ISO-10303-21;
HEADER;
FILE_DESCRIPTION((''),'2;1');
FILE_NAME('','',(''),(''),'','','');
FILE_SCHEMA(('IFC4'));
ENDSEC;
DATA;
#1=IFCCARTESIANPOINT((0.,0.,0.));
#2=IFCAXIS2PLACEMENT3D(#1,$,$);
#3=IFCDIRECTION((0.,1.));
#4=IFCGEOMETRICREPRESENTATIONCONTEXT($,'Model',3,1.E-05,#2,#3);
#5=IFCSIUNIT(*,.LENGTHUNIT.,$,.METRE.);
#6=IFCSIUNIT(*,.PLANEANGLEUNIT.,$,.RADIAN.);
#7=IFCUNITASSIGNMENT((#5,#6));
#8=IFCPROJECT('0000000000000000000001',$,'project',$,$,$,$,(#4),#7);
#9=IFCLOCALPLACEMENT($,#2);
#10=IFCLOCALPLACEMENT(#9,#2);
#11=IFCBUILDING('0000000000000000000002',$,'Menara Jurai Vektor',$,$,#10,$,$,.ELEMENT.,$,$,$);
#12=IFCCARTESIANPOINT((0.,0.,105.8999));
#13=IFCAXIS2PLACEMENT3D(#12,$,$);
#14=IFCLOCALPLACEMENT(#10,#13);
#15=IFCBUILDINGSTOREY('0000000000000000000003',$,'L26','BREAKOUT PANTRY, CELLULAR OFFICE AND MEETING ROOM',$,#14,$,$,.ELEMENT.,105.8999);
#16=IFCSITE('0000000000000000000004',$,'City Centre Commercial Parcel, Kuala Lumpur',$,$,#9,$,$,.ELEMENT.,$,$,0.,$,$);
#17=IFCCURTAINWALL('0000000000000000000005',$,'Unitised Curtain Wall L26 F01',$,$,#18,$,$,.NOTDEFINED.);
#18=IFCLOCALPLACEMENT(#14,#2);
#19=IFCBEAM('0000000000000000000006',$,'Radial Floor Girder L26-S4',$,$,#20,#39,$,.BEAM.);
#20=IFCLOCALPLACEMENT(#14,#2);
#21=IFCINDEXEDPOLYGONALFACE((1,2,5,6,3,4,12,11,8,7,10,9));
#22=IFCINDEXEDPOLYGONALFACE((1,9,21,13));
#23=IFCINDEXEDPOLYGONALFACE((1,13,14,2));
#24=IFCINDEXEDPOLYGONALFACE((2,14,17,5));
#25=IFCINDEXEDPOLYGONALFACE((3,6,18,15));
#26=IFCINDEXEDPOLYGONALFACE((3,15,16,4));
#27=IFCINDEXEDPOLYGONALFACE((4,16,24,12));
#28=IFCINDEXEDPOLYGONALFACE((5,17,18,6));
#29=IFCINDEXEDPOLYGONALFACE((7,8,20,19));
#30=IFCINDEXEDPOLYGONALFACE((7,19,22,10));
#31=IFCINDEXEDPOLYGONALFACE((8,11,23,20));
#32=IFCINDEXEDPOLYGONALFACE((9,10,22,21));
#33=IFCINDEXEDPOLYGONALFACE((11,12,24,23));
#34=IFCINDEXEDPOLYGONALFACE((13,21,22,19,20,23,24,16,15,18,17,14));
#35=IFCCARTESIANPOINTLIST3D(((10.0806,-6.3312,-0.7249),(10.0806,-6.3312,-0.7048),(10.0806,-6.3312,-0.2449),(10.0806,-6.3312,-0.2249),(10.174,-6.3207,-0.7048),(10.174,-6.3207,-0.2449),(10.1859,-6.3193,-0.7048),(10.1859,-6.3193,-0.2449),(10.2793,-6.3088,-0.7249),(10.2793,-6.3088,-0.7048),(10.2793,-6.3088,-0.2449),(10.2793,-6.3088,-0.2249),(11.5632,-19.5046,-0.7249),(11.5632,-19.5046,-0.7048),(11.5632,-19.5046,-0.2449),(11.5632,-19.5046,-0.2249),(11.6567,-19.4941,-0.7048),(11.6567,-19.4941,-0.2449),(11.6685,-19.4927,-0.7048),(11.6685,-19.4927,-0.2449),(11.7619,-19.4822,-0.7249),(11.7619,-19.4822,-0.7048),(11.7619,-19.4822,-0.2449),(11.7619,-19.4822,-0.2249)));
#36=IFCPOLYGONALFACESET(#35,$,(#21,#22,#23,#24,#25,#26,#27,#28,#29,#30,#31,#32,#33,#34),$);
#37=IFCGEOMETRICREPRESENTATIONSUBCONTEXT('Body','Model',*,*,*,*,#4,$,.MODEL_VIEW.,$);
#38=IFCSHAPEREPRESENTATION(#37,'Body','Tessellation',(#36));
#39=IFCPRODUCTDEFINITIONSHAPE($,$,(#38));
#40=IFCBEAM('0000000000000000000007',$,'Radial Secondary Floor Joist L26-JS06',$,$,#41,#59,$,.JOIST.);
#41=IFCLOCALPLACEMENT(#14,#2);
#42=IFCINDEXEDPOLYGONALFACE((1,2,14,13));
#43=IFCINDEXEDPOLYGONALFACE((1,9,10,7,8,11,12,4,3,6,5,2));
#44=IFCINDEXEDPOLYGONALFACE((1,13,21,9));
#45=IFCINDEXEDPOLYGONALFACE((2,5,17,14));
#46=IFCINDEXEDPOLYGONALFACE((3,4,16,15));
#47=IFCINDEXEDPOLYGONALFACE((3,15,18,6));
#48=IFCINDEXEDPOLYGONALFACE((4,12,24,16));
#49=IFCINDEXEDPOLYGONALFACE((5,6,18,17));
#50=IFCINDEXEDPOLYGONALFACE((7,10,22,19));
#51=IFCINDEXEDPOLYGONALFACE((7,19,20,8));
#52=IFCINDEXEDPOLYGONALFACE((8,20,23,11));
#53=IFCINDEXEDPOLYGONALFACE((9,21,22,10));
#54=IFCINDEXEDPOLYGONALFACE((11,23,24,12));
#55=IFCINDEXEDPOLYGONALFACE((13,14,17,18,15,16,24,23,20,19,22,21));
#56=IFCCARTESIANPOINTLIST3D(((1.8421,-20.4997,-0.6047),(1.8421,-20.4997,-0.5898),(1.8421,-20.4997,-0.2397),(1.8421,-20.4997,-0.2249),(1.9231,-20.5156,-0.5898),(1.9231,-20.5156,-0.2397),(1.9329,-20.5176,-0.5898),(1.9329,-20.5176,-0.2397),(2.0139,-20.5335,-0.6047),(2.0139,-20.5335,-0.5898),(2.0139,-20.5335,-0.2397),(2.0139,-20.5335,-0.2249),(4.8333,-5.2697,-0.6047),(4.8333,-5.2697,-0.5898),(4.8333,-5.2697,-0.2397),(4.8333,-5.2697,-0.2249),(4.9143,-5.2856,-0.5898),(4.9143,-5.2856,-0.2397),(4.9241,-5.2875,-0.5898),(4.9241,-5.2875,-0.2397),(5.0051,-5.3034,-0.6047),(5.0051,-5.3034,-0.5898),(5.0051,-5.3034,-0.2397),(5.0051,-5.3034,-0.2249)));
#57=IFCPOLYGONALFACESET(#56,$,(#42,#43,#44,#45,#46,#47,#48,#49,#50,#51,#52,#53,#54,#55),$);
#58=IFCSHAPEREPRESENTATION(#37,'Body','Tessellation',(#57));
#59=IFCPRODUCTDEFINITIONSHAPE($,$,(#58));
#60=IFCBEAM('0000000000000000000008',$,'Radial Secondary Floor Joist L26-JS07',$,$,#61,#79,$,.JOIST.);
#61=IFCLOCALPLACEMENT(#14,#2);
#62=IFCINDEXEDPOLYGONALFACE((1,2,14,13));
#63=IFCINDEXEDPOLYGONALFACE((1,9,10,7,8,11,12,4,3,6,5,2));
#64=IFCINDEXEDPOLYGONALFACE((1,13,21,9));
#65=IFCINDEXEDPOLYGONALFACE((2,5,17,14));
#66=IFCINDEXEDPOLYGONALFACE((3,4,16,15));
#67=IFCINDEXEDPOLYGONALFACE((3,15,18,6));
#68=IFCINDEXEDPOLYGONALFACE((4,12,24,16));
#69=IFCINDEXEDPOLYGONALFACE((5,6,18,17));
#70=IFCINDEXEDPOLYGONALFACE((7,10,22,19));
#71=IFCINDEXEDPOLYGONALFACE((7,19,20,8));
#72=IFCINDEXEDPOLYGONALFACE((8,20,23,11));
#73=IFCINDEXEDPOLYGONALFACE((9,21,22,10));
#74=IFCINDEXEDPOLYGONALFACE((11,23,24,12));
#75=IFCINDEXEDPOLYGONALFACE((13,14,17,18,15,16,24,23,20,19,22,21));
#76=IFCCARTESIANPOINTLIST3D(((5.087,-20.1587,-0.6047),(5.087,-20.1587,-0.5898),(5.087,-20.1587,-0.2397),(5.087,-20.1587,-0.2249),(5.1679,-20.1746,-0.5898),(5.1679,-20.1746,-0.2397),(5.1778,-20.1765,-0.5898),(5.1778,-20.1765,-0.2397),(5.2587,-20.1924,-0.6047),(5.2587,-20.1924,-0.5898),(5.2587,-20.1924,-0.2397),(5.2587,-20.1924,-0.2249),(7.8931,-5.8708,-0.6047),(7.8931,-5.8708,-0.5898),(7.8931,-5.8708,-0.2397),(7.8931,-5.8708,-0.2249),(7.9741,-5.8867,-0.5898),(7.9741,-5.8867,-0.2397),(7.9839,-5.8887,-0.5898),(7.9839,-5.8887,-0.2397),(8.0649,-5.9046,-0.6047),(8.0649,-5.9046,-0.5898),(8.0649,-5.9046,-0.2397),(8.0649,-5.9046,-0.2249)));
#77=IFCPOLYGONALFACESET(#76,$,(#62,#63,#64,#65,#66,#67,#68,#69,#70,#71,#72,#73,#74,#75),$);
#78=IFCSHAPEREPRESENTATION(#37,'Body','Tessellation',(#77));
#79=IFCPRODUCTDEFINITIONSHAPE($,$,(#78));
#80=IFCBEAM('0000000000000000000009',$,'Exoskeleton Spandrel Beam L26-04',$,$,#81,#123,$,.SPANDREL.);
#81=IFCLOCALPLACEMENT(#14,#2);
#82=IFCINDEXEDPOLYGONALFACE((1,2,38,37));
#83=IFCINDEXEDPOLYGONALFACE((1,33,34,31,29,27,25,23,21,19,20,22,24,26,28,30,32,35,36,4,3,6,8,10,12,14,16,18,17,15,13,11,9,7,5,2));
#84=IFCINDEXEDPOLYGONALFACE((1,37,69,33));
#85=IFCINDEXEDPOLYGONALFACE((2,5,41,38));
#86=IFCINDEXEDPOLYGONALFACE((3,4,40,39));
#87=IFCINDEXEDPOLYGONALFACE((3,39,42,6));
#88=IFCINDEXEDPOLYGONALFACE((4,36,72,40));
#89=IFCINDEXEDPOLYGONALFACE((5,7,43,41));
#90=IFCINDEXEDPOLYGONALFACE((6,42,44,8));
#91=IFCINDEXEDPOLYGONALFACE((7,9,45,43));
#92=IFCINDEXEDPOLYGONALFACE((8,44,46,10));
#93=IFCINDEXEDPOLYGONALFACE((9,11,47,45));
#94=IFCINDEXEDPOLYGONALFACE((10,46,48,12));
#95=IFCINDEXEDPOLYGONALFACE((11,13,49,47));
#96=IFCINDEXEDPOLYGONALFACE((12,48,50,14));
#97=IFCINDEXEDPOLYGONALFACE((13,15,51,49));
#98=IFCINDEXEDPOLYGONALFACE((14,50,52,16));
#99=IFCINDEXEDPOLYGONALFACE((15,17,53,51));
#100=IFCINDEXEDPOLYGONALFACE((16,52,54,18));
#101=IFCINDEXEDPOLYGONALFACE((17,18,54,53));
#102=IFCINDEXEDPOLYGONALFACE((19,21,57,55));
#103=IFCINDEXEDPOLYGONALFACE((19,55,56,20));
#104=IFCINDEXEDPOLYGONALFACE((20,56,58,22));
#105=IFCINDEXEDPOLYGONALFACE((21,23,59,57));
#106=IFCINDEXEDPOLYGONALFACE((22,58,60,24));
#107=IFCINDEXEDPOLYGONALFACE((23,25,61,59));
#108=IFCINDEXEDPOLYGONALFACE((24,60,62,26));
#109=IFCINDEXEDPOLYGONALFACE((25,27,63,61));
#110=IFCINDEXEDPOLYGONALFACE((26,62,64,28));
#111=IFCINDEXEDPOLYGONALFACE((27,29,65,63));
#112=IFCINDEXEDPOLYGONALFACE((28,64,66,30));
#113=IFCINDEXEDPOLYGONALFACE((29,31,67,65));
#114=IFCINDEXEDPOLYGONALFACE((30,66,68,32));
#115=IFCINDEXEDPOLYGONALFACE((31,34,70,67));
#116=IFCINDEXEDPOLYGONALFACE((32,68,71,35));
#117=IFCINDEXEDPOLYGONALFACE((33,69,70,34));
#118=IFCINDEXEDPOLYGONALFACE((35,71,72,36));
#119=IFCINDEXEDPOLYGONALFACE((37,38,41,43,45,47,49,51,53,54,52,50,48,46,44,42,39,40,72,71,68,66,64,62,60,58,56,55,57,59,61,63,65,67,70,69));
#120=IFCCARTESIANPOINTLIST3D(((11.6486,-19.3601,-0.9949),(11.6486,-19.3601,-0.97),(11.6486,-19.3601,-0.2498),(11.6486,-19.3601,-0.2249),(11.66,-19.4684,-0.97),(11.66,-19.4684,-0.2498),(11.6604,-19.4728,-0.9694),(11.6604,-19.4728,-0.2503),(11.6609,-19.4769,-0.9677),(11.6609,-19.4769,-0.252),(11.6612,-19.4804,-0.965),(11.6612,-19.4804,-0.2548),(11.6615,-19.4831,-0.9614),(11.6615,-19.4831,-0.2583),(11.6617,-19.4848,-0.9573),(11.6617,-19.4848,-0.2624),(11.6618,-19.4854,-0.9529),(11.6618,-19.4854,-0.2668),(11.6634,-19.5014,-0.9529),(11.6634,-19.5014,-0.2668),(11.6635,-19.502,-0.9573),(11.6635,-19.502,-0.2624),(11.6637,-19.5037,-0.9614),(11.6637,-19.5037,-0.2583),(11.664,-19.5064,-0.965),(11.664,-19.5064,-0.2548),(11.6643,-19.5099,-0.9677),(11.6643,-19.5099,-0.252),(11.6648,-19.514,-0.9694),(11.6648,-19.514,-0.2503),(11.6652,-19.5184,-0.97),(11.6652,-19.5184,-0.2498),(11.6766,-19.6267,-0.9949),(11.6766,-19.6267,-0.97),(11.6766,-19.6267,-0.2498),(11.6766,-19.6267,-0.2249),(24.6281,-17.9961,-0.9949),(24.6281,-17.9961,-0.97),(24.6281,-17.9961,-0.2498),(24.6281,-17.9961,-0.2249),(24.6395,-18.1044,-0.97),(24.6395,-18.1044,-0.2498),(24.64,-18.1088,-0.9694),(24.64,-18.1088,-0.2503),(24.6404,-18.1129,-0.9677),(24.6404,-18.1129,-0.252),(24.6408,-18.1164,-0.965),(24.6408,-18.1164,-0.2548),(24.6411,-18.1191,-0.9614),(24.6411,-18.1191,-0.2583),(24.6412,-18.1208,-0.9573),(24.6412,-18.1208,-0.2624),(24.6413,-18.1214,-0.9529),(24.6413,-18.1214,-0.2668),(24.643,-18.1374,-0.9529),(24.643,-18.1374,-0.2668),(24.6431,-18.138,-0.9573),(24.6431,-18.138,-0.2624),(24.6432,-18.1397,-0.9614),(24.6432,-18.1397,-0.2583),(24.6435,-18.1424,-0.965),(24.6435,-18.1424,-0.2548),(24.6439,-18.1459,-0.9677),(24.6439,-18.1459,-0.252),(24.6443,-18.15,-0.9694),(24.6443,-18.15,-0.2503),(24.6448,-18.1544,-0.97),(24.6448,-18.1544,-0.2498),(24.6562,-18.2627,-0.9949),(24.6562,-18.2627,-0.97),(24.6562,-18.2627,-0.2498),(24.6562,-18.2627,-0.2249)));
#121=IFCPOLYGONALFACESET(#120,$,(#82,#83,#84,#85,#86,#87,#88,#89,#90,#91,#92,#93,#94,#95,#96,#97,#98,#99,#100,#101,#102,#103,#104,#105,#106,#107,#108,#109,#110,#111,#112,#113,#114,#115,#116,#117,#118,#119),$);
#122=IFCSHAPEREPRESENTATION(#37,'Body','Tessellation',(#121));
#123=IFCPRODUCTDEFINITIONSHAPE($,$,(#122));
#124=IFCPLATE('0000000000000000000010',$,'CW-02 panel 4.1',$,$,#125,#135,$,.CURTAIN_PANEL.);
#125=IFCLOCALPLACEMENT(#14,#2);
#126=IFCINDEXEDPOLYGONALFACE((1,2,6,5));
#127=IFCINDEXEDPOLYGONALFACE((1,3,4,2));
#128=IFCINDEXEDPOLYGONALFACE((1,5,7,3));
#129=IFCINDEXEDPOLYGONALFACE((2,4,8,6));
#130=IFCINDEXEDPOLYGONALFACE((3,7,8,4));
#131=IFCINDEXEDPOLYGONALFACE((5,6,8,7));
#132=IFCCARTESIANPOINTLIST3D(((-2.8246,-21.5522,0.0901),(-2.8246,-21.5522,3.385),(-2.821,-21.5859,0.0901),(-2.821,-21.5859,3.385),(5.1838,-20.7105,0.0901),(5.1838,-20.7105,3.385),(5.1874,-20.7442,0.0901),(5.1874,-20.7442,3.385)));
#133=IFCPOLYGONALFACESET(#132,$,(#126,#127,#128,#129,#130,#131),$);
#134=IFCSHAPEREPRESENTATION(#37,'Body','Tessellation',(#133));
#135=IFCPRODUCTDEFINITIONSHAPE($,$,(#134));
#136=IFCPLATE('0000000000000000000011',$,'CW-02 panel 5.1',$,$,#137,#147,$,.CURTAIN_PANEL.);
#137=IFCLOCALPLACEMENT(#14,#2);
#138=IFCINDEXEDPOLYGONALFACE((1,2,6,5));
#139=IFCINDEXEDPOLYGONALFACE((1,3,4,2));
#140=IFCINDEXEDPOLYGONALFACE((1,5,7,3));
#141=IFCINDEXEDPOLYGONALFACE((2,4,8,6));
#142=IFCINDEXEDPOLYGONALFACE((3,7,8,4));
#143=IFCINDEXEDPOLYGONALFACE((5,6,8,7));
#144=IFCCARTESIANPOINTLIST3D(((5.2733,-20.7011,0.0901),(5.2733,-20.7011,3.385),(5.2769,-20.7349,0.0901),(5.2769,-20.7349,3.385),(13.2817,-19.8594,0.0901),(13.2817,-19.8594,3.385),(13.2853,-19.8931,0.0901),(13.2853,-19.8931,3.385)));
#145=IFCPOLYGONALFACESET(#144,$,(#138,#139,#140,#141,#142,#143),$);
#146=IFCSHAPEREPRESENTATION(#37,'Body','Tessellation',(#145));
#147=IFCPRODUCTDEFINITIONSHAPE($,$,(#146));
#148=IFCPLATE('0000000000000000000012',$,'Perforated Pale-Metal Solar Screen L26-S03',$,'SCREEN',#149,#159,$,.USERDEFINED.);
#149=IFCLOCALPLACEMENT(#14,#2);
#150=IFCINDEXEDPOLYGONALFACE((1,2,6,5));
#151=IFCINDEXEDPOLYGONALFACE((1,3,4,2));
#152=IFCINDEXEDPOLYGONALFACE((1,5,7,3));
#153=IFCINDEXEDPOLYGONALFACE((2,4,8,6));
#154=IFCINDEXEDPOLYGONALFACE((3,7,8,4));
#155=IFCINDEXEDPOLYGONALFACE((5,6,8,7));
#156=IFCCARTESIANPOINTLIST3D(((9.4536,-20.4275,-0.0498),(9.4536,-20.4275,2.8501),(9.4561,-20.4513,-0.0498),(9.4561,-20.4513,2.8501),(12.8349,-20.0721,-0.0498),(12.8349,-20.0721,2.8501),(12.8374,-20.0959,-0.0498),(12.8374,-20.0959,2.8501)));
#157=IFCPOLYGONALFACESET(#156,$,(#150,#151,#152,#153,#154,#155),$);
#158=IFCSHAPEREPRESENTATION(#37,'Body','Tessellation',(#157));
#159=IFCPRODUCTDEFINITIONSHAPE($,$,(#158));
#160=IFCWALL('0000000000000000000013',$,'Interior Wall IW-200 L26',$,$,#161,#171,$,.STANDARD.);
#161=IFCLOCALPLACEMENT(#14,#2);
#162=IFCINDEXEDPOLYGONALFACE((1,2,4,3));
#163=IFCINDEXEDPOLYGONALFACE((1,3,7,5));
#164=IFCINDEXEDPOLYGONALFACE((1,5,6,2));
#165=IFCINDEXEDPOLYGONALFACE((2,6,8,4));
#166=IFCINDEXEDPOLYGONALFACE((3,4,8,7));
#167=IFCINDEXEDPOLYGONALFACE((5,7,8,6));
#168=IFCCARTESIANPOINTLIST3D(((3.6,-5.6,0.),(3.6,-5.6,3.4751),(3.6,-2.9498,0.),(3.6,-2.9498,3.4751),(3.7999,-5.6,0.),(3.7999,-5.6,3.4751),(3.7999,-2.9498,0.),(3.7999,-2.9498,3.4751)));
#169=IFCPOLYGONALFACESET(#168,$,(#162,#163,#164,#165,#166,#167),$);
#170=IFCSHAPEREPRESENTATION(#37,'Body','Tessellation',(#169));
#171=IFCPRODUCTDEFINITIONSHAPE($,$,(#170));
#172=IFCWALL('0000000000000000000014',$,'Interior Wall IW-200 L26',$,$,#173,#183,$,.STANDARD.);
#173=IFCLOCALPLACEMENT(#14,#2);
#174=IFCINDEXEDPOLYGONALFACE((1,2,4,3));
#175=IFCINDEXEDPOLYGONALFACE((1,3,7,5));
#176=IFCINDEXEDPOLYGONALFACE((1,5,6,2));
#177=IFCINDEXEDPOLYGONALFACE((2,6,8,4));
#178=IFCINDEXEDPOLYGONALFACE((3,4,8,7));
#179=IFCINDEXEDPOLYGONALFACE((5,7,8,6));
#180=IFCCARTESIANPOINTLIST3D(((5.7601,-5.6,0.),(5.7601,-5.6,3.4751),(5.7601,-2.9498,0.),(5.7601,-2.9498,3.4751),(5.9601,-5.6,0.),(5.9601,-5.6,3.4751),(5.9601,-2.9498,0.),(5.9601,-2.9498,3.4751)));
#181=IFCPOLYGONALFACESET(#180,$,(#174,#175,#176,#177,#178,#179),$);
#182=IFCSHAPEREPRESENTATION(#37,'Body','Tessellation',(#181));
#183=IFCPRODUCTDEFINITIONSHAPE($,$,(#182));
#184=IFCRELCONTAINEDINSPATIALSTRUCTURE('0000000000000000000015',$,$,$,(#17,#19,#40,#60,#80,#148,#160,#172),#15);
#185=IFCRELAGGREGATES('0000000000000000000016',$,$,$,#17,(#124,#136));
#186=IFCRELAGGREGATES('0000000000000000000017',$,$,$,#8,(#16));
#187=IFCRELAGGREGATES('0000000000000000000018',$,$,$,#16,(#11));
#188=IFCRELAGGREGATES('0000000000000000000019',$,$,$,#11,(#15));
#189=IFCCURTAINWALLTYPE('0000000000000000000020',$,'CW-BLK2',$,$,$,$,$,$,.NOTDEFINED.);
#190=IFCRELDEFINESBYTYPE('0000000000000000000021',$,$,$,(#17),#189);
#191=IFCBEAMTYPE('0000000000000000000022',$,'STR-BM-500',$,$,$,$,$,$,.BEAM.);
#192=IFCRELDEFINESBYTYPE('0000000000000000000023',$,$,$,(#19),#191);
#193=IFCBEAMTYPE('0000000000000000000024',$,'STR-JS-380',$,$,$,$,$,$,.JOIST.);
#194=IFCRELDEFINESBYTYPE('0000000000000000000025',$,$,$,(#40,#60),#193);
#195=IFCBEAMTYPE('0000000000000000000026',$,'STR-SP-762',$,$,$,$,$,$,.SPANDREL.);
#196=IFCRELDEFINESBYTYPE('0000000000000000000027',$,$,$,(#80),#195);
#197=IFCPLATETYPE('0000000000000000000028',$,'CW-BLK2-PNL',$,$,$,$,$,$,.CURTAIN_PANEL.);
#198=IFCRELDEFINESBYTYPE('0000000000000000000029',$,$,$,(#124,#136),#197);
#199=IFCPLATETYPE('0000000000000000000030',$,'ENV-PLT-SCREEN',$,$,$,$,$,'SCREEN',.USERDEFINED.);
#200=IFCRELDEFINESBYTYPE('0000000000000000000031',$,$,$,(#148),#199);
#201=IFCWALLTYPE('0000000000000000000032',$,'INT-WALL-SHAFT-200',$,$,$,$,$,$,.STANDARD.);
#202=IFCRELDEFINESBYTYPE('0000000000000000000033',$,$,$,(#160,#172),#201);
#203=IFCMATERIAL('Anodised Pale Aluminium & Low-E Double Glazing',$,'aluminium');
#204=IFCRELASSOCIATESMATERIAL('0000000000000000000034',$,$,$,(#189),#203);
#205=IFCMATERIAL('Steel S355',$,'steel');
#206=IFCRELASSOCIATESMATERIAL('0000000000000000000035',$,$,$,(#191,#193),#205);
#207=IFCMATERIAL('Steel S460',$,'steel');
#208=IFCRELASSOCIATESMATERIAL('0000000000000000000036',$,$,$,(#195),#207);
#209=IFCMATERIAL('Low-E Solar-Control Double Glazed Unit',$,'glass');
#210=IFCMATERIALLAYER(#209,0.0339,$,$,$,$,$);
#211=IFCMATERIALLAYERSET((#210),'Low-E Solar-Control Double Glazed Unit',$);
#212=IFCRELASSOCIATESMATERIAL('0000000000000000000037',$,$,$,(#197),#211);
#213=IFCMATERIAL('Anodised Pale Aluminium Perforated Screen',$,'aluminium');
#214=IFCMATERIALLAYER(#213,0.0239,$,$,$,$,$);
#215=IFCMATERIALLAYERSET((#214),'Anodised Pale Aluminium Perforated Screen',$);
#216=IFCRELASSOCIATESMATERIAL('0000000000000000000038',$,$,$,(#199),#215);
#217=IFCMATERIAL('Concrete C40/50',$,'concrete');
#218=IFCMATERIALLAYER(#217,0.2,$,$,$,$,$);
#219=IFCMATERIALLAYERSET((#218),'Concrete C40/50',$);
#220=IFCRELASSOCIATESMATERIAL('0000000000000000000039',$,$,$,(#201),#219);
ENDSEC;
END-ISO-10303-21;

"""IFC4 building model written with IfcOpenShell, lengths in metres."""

from ifc_helpers import new_model, si_unit, direction, frame, frame_2d, origin, origin_2d, place, context, subcontext, project, spatial, rectangle, i_section, extrude, material, layer, layer_set, material_profile, profile_set, type_object, element, aggregate, save


model = new_model("IFC4")

# Units and contexts
model_context = context("Model", 3, precision=1e-05, world=origin(), true_north=direction((0.0, 1.0)))
body_context = subcontext(model_context, "Body", "Model", "MODEL_VIEW")
ifc_project = project(units=[si_unit("LENGTHUNIT", "METRE"), si_unit("PLANEANGLEUNIT", "RADIAN")], contexts=[model_context])

# Site, building, storey
site_placement = place(None, origin())
site = spatial("IfcSite", under=ifc_project, at=site_placement, Name="City Centre Commercial Parcel, Kuala Lumpur", CompositionType="ELEMENT", RefElevation=0.0)
building_placement = place(site_placement, origin())
building = spatial("IfcBuilding", under=site, at=building_placement, Name="Menara Jurai Vektor", CompositionType="ELEMENT")
storey_placement = place(building_placement, frame((0.0, 0.0, 105.8999)))
storey = spatial("IfcBuildingStorey", under=building, at=storey_placement, Name="L26", Description="BREAKOUT PANTRY, CELLULAR OFFICE AND MEETING ROOM", CompositionType="ELEMENT", Elevation=105.8999)

# Shared definitions
ifc_material_1 = material(Name="Steel S460", Category="steel")

# Curtain wall
ifc_material_2 = material(Name="Anodised Pale Aluminium & Low-E Double Glazing", Category="aluminium")
curtain_wall_type = type_object("IfcCurtainWallType", Name="CW-BLK2", PredefinedType="NOTDEFINED", material=ifc_material_2)
curtain_wall_placement = place(storey_placement, origin())
curtain_wall = element("IfcCurtainWall", 1, at=curtain_wall_placement, inside=storey, type_object=curtain_wall_type, Name="Unitised Curtain Wall L26 F01", PredefinedType="NOTDEFINED")

# Beams
ifc_material_3 = material(Name="Steel S355", Category="steel")
ifc_material_profile_1 = material_profile(ifc_material_3, i_section(OverallWidth=0.2, OverallDepth=0.5, WebThickness=0.012, FlangeThickness=0.02, at=origin_2d()), Name="PG 500x200x96")
ifc_profile_set_1 = profile_set([ifc_material_profile_1], Name="Steel S355")
beam_type_1 = type_object("IfcBeamType", Name="STR-BM-500", PredefinedType="BEAM", material=ifc_profile_set_1)
beam_1_placement = place(storey_placement, frame((11.6626, -19.4934, -0.4749), z_axis=(-0.111844, 0.993726, 0.0), x_axis=(-0.993726, -0.111844, 0.0)))
element("IfcBeam", 2, at=beam_1_placement, inside=storey, type_object=beam_type_1, Name="Radial Floor Girder L26-S4", PredefinedType="BEAM", context=body_context, shape_type="SweptSolid", body=[
    extrude(i_section(OverallWidth=0.2, OverallDepth=0.5, WebThickness=0.012, FlangeThickness=0.02, at=origin_2d()), origin(), (0.0, 0.0, 1.0), 13.2566),
])
ifc_material_profile_2 = material_profile(ifc_material_3, i_section(OverallWidth=0.175, OverallDepth=0.3799, WebThickness=0.01, FlangeThickness=0.0149, at=origin_2d()), Name="PG 380x175x58")
ifc_profile_set_2 = profile_set([ifc_material_profile_2], Name="Steel S355")
beam_type_2 = type_object("IfcBeamType", Name="STR-JS-380", PredefinedType="JOIST", material=ifc_profile_set_2)
beam_2_placement = place(storey_placement, frame((1.928, -20.5166, -0.4148), z_axis=(0.192721, 0.981254, 0.0), x_axis=(-0.981254, 0.192721, 0.0)))
element("IfcBeam", 3, at=beam_2_placement, inside=storey, type_object=beam_type_2, Name="Radial Secondary Floor Joist L26-JS06", PredefinedType="JOIST", context=body_context, shape_type="SweptSolid", body=[
    extrude(i_section(OverallWidth=0.175, OverallDepth=0.3799, WebThickness=0.01, FlangeThickness=0.0149, at=origin_2d()), origin(), (0.0, 0.0, 1.0), 15.521),
])
beam_3_placement = place(storey_placement, frame((5.1729, -20.1755, -0.4148), z_axis=(0.19272, 0.981254, 0.0), x_axis=(-0.981254, 0.19272, 0.0)))
element("IfcBeam", 4, at=beam_3_placement, inside=storey, type_object=beam_type_2, Name="Radial Secondary Floor Joist L26-JS07", PredefinedType="JOIST", context=body_context, shape_type="SweptSolid", body=[
    extrude(i_section(OverallWidth=0.175, OverallDepth=0.3799, WebThickness=0.01, FlangeThickness=0.0149, at=origin_2d()), origin(), (0.0, 0.0, 1.0), 14.5608),
])
ifc_material_profile_3 = material_profile(ifc_material_1, i_section(OverallWidth=0.2681, OverallDepth=0.77, WebThickness=0.0161, FlangeThickness=0.0249, FilletRadius=0.0171, at=origin_2d()), Name="UKB 762x267x197")
ifc_profile_set_3 = profile_set([ifc_material_profile_3], Name="Steel S460")
beam_type_3 = type_object("IfcBeamType", Name="STR-SP-762", PredefinedType="SPANDREL", material=ifc_profile_set_3)
beam_4_placement = place(storey_placement, frame((11.6626, -19.4934, -0.6099), z_axis=(0.994523, 0.104514, 0.0), x_axis=(-0.104514, 0.994523, 0.0)))
element("IfcBeam", 5, at=beam_4_placement, inside=storey, type_object=beam_type_3, Name="Exoskeleton Spandrel Beam L26-04", PredefinedType="SPANDREL", context=body_context, shape_type="SweptSolid", body=[
    extrude(i_section(OverallWidth=0.2681, OverallDepth=0.77, WebThickness=0.0161, FlangeThickness=0.0249, FilletRadius=0.0171, at=origin_2d()), origin(), (0.0, 0.0, 1.0), 13.051),
])

# Plates
ifc_material_4 = material(Name="Low-E Solar-Control Double Glazed Unit", Category="glass")
ifc_layer_1 = layer(ifc_material_4, 0.0339)
ifc_layer_set_1 = layer_set([ifc_layer_1], Name="Low-E Solar-Control Double Glazed Unit")
plate_type_1 = type_object("IfcPlateType", Name="CW-BLK2-PNL", PredefinedType="CURTAIN_PANEL", material=ifc_layer_set_1)
plate_1_placement = place(storey_placement, frame((1.1814, -21.1482, 0.0901), z_axis=(0.0, 0.0, 1.0), x_axis=(0.994522, 0.104529, 0.0)))
plate_1 = element("IfcPlate", 6, at=plate_1_placement, type_object=plate_type_1, Name="CW-02 panel 4.1", PredefinedType="CURTAIN_PANEL", context=body_context, shape_type="SweptSolid", body=[
    extrude(rectangle(XDim=8.0525, YDim=0.0339, at=origin_2d()), origin(), (0.0, 0.0, 1.0), 3.2949),
])
plate_2_placement = place(storey_placement, frame((9.2793, -20.2971, 0.0901), z_axis=(0.0, 0.0, 1.0), x_axis=(0.994522, 0.104529, 0.0)))
plate_2 = element("IfcPlate", 7, at=plate_2_placement, type_object=plate_type_1, Name="CW-02 panel 5.1", PredefinedType="CURTAIN_PANEL", context=body_context, shape_type="SweptSolid", body=[
    extrude(rectangle(XDim=8.0525, YDim=0.0339, at=origin_2d()), origin(), (0.0, 0.0, 1.0), 3.2949),
])
aggregate(curtain_wall, [plate_1, plate_2])
ifc_material_5 = material(Name="Anodised Pale Aluminium Perforated Screen", Category="aluminium")
ifc_layer_2 = layer(ifc_material_5, 0.0239)
ifc_layer_set_2 = layer_set([ifc_layer_2], Name="Anodised Pale Aluminium Perforated Screen")
plate_type_2 = type_object("IfcPlateType", Name="ENV-PLT-SCREEN", ElementType="SCREEN", PredefinedType="USERDEFINED", material=ifc_layer_set_2)
plate_3_placement = place(storey_placement, frame((11.1455, -20.2617, -0.0498), z_axis=(0.0, 0.0, 1.0), x_axis=(0.994522, 0.104528, 0.0)))
element("IfcPlate", 8, at=plate_3_placement, inside=storey, type_object=plate_type_2, Name="Perforated Pale-Metal Solar Screen L26-S03", ObjectType="SCREEN", PredefinedType="USERDEFINED", context=body_context, shape_type="SweptSolid", body=[
    extrude(rectangle(XDim=3.3999, YDim=0.0239, at=origin_2d()), origin(), (0.0, 0.0, 1.0), 2.8999),
])

# Walls
ifc_material_6 = material(Name="Concrete C40/50", Category="concrete")
ifc_layer_3 = layer(ifc_material_6, 0.2)
ifc_layer_set_3 = layer_set([ifc_layer_3], Name="Concrete C40/50")
wall_type_1 = type_object("IfcWallType", Name="INT-WALL-SHAFT-200", PredefinedType="STANDARD", material=ifc_layer_set_3)
for number, where, z_axis, x_axis, name in (
    (9, (3.7, -5.6001, 0.0), (0.0, 0.0, 1.0), (0.0, 1.0, 0.0), "Interior Wall IW-200 L26"),
    (10, (5.8601, -5.6001, 0.0), (0.0, 0.0, 1.0), (0.0, 1.0, 0.0), "Interior Wall IW-200 L26"),
):
    element("IfcWall", number, at=place(storey_placement, frame(where, z_axis=z_axis, x_axis=x_axis)), inside=storey, type_object=wall_type_1, Name=name, PredefinedType="STANDARD", context=body_context, shape_type="SweptSolid", body=[
        extrude(rectangle(XDim=2.6501, YDim=0.2, at=frame_2d((1.3252, 0.0))), origin(), (0.0, 0.0, 1.0), 3.4751),
    ])

save(model, "model.ifc")
